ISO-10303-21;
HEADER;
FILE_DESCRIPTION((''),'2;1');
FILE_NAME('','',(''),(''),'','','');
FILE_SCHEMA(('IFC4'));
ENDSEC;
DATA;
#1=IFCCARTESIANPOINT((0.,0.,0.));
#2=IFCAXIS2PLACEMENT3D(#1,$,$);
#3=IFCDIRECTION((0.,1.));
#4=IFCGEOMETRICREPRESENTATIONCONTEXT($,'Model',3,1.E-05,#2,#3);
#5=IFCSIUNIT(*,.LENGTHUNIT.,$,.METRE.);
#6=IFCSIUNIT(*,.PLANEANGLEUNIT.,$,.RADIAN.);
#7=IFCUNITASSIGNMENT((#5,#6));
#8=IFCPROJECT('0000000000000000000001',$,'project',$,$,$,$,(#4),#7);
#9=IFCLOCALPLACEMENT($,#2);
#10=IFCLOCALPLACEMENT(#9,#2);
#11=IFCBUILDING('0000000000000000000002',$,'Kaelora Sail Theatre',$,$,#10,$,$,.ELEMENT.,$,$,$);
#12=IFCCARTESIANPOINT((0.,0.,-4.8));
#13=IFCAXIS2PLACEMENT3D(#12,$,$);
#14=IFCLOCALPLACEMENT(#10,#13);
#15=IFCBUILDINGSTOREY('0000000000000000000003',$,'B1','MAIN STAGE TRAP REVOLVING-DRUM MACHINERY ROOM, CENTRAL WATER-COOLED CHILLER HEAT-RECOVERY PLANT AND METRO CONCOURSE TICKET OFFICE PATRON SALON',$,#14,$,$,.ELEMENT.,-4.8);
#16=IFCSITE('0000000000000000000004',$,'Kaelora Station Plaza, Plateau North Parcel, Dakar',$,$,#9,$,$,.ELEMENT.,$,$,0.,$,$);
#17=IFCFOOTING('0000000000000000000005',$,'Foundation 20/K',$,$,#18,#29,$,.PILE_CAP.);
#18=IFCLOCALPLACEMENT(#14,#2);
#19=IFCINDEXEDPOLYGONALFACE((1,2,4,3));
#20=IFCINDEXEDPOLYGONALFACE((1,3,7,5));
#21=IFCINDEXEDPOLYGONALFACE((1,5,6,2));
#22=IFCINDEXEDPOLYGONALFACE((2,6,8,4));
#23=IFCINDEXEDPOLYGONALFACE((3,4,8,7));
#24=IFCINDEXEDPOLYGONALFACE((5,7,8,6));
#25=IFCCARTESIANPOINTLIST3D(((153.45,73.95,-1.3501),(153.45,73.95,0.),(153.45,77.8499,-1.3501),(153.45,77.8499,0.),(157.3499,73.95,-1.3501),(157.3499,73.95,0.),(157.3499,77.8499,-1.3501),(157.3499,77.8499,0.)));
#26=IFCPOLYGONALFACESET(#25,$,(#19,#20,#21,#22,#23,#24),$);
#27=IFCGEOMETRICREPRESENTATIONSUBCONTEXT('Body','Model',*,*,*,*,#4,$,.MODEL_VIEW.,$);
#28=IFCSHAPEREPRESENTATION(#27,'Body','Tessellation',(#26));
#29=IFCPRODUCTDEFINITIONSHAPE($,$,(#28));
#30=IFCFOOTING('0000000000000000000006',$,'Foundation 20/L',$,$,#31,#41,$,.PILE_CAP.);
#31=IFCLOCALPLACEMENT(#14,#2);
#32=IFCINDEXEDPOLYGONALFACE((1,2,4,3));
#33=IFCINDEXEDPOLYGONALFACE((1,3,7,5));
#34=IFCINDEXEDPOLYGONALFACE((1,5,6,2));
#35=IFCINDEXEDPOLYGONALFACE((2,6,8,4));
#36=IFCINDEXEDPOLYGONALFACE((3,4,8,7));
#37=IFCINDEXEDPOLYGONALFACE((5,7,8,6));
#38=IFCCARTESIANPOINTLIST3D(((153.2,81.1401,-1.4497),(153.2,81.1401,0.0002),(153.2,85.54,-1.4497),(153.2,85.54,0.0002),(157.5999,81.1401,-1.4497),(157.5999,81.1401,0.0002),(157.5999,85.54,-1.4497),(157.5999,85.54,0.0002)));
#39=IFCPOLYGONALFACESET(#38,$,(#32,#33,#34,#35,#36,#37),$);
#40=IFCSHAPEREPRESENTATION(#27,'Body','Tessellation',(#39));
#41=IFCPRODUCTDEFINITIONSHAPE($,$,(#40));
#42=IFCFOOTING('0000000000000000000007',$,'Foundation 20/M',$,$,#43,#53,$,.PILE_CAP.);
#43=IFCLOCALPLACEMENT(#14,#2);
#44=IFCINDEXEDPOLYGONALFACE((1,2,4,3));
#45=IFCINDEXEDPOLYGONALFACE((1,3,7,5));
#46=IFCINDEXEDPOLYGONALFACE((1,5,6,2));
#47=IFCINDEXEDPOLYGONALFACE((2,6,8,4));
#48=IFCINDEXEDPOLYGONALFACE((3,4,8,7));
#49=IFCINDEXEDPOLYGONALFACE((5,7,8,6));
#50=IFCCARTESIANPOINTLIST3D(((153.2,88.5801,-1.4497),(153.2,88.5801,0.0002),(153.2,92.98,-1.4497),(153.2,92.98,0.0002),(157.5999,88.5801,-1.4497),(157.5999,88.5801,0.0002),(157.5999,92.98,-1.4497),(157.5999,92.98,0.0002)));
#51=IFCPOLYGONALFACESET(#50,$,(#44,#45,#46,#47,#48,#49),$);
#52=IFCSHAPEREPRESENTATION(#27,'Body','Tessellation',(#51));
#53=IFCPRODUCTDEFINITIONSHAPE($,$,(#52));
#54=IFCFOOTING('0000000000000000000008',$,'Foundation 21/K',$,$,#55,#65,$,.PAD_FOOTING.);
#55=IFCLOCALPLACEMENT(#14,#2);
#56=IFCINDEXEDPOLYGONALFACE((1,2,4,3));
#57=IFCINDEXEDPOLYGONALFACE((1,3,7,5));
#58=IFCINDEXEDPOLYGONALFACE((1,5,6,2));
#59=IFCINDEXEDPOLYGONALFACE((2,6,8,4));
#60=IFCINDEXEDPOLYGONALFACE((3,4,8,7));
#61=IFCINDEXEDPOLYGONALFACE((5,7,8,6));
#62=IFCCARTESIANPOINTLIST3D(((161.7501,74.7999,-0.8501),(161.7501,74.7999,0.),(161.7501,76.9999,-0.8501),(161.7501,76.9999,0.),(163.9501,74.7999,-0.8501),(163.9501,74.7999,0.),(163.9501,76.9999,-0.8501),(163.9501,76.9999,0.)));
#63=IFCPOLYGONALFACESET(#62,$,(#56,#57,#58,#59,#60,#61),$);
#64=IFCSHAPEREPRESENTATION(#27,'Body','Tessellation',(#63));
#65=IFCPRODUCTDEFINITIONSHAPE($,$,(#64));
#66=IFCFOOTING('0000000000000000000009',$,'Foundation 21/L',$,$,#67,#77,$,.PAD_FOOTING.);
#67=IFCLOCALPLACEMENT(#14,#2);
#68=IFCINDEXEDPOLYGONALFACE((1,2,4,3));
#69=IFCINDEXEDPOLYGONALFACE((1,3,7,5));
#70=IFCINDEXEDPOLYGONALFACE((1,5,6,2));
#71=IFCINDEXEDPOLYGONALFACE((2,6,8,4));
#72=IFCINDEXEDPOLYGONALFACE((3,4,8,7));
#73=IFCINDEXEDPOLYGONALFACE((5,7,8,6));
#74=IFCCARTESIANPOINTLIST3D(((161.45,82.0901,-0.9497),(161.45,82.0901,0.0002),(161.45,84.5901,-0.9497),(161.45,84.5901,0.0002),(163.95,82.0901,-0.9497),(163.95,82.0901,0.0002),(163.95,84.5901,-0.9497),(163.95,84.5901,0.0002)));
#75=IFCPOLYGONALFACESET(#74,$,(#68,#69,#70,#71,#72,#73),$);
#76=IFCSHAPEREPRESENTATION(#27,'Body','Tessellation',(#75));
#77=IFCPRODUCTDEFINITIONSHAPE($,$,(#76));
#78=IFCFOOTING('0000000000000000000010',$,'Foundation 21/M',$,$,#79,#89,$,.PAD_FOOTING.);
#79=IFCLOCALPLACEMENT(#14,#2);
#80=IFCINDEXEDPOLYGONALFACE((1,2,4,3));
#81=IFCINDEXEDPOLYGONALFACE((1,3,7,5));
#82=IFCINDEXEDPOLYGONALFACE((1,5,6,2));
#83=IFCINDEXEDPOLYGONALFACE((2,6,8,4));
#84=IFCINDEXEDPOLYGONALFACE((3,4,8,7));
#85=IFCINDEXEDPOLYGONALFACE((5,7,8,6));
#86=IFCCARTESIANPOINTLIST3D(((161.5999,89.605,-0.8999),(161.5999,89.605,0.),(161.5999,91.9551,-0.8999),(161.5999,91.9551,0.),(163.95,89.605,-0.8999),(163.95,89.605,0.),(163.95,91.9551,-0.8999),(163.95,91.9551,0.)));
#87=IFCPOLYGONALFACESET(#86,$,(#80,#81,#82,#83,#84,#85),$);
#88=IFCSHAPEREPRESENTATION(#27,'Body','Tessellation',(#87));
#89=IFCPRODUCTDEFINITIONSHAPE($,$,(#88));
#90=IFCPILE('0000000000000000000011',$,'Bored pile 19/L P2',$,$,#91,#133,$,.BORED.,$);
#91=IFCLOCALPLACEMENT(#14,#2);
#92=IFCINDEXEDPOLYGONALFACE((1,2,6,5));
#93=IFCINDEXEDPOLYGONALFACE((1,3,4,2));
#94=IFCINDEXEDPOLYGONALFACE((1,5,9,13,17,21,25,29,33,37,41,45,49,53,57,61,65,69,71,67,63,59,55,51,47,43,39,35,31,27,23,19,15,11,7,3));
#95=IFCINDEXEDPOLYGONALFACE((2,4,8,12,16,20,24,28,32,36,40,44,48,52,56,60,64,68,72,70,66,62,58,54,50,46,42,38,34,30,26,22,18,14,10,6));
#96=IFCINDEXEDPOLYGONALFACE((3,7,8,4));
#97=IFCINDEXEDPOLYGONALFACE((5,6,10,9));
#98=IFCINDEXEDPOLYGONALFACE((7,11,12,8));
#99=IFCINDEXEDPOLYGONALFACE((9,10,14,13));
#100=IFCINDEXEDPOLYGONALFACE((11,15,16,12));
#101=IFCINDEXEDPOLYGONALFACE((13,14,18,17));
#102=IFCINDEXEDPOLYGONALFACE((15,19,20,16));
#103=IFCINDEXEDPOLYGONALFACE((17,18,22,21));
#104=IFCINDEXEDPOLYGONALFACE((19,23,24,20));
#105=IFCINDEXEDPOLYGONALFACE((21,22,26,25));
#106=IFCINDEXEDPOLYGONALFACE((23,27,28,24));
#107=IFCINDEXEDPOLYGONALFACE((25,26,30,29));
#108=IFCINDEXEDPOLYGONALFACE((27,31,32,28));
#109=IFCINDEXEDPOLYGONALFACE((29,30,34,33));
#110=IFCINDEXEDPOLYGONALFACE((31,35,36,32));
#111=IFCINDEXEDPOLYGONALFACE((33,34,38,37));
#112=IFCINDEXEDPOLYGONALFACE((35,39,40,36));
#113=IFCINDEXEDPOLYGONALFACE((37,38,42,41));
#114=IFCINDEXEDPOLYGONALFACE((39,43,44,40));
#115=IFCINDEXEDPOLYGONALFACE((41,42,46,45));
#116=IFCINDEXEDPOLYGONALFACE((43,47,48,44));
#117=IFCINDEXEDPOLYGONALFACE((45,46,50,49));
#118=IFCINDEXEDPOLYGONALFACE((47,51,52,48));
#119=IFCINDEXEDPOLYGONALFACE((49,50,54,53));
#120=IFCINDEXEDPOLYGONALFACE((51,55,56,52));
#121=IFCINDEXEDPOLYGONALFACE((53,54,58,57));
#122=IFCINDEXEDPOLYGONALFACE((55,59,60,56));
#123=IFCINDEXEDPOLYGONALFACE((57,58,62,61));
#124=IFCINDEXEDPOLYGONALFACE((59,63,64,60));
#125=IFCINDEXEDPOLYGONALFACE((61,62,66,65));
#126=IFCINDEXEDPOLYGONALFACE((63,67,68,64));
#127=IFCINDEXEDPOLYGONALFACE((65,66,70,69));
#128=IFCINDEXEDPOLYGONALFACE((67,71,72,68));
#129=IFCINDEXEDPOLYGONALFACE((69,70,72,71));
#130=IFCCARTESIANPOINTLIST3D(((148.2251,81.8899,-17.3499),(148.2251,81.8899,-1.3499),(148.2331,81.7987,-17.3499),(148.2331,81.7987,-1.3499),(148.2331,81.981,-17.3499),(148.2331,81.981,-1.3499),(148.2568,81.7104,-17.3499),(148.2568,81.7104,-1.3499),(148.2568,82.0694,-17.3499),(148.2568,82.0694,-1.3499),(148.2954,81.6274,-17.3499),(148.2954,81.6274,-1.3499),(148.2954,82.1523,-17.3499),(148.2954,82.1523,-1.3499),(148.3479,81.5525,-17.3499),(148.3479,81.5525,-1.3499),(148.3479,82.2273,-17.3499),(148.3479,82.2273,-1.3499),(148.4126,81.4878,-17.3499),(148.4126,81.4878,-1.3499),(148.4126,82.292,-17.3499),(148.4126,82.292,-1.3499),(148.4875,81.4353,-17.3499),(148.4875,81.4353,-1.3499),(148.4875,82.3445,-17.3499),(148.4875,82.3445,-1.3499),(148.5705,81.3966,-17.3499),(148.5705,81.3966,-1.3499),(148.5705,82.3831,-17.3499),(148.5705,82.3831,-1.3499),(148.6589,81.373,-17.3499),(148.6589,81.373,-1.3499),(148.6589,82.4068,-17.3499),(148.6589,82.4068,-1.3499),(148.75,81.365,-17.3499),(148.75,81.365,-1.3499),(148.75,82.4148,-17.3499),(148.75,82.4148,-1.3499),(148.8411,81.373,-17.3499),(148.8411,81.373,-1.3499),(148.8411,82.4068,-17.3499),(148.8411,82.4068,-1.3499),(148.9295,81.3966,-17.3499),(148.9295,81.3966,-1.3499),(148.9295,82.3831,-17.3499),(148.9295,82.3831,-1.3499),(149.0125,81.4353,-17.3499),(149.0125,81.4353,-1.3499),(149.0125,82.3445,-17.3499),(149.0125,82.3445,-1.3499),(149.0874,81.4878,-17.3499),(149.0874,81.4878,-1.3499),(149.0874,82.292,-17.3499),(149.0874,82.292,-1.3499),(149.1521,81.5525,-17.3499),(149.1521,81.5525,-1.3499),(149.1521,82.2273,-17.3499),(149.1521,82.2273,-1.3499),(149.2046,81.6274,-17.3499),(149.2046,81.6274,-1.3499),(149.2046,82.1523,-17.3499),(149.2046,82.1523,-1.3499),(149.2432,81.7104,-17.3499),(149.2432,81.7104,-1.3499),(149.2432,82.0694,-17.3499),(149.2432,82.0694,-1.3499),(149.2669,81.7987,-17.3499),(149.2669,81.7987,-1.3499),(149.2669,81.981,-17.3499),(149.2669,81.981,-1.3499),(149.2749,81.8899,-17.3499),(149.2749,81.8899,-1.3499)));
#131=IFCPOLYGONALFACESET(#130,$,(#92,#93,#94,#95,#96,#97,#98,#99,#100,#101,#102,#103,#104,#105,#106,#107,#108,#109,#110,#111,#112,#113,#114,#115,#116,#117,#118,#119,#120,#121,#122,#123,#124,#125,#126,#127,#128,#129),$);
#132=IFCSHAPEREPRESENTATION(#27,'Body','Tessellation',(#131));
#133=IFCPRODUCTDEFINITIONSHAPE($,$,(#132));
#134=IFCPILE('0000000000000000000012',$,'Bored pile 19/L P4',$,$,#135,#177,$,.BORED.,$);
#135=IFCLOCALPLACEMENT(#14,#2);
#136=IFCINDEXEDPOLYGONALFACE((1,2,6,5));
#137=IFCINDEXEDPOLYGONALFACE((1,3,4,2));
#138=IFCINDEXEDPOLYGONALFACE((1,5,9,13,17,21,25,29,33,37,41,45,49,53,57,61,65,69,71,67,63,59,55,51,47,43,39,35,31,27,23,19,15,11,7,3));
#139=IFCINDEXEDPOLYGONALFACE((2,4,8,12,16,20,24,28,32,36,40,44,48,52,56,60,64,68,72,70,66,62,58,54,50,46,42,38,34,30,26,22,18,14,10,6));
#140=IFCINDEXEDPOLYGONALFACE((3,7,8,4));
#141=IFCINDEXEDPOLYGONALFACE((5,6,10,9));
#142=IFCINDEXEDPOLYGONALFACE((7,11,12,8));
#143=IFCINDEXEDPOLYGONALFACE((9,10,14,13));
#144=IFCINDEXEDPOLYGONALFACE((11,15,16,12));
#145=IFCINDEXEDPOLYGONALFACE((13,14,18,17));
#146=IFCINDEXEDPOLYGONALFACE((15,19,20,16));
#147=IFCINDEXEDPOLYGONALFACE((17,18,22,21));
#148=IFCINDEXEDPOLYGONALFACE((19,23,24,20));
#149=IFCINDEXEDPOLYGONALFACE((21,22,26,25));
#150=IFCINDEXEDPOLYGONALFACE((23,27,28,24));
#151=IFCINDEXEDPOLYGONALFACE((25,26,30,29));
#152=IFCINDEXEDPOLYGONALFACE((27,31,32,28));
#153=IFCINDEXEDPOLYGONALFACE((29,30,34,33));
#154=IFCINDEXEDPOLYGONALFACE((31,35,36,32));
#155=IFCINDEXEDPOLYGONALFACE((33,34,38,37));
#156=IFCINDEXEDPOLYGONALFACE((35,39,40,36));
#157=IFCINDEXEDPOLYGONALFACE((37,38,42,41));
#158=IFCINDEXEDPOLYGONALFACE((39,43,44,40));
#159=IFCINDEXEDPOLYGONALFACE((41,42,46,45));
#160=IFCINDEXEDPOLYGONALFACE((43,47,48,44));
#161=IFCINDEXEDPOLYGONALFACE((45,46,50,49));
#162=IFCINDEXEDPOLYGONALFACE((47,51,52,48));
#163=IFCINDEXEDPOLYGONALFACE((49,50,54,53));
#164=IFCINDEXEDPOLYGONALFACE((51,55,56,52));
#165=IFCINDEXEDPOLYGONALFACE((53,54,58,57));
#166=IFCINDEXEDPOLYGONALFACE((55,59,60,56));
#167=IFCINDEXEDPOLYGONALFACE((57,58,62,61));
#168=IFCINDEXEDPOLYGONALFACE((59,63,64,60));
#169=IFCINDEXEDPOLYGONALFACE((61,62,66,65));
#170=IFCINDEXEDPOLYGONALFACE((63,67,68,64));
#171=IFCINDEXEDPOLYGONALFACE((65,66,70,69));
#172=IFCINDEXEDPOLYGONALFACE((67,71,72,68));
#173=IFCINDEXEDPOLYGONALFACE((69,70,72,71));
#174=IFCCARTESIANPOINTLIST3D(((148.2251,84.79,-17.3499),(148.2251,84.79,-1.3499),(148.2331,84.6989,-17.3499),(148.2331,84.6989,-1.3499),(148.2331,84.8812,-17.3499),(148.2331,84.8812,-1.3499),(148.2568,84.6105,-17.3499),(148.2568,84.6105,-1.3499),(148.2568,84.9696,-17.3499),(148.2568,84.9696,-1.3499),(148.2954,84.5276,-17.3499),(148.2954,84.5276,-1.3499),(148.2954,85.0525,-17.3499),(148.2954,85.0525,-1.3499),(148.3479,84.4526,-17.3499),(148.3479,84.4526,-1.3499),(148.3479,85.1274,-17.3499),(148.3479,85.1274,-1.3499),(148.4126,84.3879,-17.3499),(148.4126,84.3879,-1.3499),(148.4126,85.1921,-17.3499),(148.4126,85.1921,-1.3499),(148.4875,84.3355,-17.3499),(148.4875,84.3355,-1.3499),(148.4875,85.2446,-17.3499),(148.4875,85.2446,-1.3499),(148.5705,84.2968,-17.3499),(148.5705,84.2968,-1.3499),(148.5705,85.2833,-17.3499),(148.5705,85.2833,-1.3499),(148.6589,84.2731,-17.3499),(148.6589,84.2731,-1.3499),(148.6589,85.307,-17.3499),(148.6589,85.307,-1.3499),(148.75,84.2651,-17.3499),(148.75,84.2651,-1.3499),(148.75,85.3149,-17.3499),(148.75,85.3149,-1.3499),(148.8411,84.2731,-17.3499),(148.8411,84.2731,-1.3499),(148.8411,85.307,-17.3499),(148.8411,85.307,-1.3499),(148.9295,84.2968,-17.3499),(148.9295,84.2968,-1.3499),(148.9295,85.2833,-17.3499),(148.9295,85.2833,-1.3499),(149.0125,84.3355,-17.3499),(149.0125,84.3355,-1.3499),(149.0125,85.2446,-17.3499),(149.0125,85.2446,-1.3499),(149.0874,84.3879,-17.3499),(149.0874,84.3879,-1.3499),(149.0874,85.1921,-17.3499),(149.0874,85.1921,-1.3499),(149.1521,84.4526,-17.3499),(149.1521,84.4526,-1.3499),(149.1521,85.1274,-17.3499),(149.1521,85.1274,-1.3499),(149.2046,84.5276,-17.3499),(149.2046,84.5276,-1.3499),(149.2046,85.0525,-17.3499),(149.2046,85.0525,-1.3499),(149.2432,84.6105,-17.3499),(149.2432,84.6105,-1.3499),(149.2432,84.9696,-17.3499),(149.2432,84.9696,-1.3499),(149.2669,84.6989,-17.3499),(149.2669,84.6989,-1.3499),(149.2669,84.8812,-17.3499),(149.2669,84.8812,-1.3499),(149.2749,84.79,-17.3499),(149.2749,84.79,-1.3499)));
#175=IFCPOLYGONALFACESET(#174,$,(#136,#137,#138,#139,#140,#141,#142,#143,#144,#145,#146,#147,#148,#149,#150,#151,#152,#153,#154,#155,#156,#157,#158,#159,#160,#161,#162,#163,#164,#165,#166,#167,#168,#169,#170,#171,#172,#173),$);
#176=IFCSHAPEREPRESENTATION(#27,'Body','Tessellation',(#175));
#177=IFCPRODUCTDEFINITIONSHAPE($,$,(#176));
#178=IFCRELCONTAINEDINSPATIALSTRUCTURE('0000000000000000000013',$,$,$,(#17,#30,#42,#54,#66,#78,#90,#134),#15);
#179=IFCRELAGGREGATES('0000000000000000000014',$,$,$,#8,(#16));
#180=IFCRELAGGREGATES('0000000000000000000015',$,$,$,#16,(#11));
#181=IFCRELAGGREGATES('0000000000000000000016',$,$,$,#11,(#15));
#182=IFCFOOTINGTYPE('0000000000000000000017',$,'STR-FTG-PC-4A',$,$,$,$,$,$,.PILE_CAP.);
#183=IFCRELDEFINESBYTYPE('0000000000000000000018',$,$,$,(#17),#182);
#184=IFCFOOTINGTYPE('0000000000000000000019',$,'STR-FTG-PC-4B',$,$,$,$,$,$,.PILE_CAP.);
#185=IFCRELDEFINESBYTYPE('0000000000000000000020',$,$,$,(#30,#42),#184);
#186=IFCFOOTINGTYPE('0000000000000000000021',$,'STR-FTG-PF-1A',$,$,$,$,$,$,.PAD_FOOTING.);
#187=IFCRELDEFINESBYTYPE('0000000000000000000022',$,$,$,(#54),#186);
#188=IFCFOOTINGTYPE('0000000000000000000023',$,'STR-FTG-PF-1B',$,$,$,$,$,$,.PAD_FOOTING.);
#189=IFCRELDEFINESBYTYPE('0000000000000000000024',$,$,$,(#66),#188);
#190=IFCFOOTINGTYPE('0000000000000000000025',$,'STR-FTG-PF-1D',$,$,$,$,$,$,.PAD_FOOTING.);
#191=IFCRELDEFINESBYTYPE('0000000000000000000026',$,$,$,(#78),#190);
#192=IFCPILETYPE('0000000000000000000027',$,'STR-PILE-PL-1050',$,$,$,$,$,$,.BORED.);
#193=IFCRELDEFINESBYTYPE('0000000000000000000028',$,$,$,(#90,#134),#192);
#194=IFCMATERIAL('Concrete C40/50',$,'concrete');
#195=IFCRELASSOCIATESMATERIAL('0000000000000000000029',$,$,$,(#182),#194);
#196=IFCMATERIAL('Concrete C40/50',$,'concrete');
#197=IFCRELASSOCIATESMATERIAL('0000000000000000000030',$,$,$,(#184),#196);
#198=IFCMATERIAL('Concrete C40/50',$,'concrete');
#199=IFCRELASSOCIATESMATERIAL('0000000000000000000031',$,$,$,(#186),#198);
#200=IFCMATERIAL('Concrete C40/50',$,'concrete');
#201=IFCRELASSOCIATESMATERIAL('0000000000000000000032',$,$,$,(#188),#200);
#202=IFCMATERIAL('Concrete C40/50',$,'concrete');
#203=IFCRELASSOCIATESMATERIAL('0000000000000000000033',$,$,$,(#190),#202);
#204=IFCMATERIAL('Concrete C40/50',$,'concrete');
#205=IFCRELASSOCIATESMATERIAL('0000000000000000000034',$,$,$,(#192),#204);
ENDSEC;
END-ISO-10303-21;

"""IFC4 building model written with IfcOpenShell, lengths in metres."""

from ifc_helpers import new_model, si_unit, direction, frame, origin, origin_2d, place, context, subcontext, project, spatial, rectangle, circle, extrude, material, material_profile, profile_set, type_object, element, save


model = new_model("IFC4")

# Units and contexts
model_context = context("Model", 3, precision=1e-05, world=origin(), true_north=direction((0.0, 1.0)))
body_context = subcontext(model_context, "Body", "Model", "MODEL_VIEW")
ifc_project = project(units=[si_unit("LENGTHUNIT", "METRE"), si_unit("PLANEANGLEUNIT", "RADIAN")], contexts=[model_context])

# Site, building, storey
site_placement = place(None, origin())
site = spatial("IfcSite", under=ifc_project, at=site_placement, Name="Kaelora Station Plaza, Plateau North Parcel, Dakar", CompositionType="ELEMENT", RefElevation=0.0)
building_placement = place(site_placement, origin())
building = spatial("IfcBuilding", under=site, at=building_placement, Name="Kaelora Sail Theatre", CompositionType="ELEMENT")
storey_placement = place(building_placement, frame((0.0, 0.0, -4.8)))
storey = spatial("IfcBuildingStorey", under=building, at=storey_placement, Name="B1", Description="MAIN STAGE TRAP REVOLVING-DRUM MACHINERY ROOM, CENTRAL WATER-COOLED CHILLER HEAT-RECOVERY PLANT AND METRO CONCOURSE TICKET OFFICE PATRON SALON", CompositionType="ELEMENT", Elevation=-4.8)

# Footings
ifc_material_1 = material(Name="Concrete C40/50", Category="concrete")
footing_type_1 = type_object("IfcFootingType", Name="STR-FTG-PC-4A", PredefinedType="PILE_CAP", material=ifc_material_1)
footing_1_placement = place(storey_placement, frame((155.3999, 75.8999, -1.3501), z_axis=(0.0, 0.0, 1.0), x_axis=(1.0, 0.0, 0.0)))
element("IfcFooting", 1, at=footing_1_placement, inside=storey, type_object=footing_type_1, Name="Foundation 20/K", PredefinedType="PILE_CAP", context=body_context, shape_type="SweptSolid", body=[
    extrude(rectangle(XDim=3.8999, YDim=3.8999, at=origin_2d()), origin(), (0.0, 0.0, 1.0), 1.3501),
])
ifc_material_2 = material(Name="Concrete C40/50", Category="concrete")
footing_type_2 = type_object("IfcFootingType", Name="STR-FTG-PC-4B", PredefinedType="PILE_CAP", material=ifc_material_2)
for number, where, z_axis, x_axis, name in (
    (2, (155.3999, 83.3401, -1.4497), (0.0, 0.0, 1.0), (1.0, 0.0, 0.0), "Foundation 20/L"),
    (3, (155.3999, 90.78, -1.4497), (0.0, 0.0, 1.0), (1.0, 0.0, 0.0), "Foundation 20/M"),
):
    element("IfcFooting", number, at=place(storey_placement, frame(where, z_axis=z_axis, x_axis=x_axis)), inside=storey, type_object=footing_type_2, Name=name, PredefinedType="PILE_CAP", context=body_context, shape_type="SweptSolid", body=[
        extrude(rectangle(XDim=4.3999, YDim=4.3999, at=origin_2d()), origin(), (0.0, 0.0, 1.0), 1.45),
    ])
ifc_material_3 = material(Name="Concrete C40/50", Category="concrete")
footing_type_3 = type_object("IfcFootingType", Name="STR-FTG-PF-1A", PredefinedType="PAD_FOOTING", material=ifc_material_3)
footing_2_placement = place(storey_placement, frame((162.8501, 75.8999, -0.8501), z_axis=(0.0, 0.0, 1.0), x_axis=(1.0, 0.0, 0.0)))
element("IfcFooting", 4, at=footing_2_placement, inside=storey, type_object=footing_type_3, Name="Foundation 21/K", PredefinedType="PAD_FOOTING", context=body_context, shape_type="SweptSolid", body=[
    extrude(rectangle(XDim=2.2, YDim=2.2, at=origin_2d()), origin(), (0.0, 0.0, 1.0), 0.8501),
])
ifc_material_4 = material(Name="Concrete C40/50", Category="concrete")
footing_type_4 = type_object("IfcFootingType", Name="STR-FTG-PF-1B", PredefinedType="PAD_FOOTING", material=ifc_material_4)
footing_3_placement = place(storey_placement, frame((162.7, 83.3401, -0.9497), z_axis=(0.0, 0.0, 1.0), x_axis=(1.0, 0.0, 0.0)))
element("IfcFooting", 5, at=footing_3_placement, inside=storey, type_object=footing_type_4, Name="Foundation 21/L", PredefinedType="PAD_FOOTING", context=body_context, shape_type="SweptSolid", body=[
    extrude(rectangle(XDim=2.5, YDim=2.5, at=origin_2d()), origin(), (0.0, 0.0, 1.0), 0.95),
])
ifc_material_5 = material(Name="Concrete C40/50", Category="concrete")
footing_type_5 = type_object("IfcFootingType", Name="STR-FTG-PF-1D", PredefinedType="PAD_FOOTING", material=ifc_material_5)
footing_4_placement = place(storey_placement, frame((162.7749, 90.78, -0.8999), z_axis=(0.0, 0.0, 1.0), x_axis=(1.0, 0.0, 0.0)))
element("IfcFooting", 6, at=footing_4_placement, inside=storey, type_object=footing_type_5, Name="Foundation 21/M", PredefinedType="PAD_FOOTING", context=body_context, shape_type="SweptSolid", body=[
    extrude(rectangle(XDim=2.3501, YDim=2.3501, at=origin_2d()), origin(), (0.0, 0.0, 1.0), 0.8999),
])

# Piles
ifc_material_6 = material(Name="Concrete C40/50", Category="concrete")
ifc_material_profile_1 = material_profile(ifc_material_6, circle(Radius=0.5249, at=origin_2d()), Name="PILE D1050")
ifc_profile_set_1 = profile_set([ifc_material_profile_1], Name="Concrete C40/50")
pile_type_1 = type_object("IfcPileType", Name="STR-PILE-PL-1050", PredefinedType="BORED", material=ifc_profile_set_1)
for number, where, z_axis, x_axis, name in (
    (7, (148.75, 81.8899, -1.3499), (0.0, 0.0, -1.0), (1.0, 0.0, 0.0), "Bored pile 19/L P2"),
    (8, (148.75, 84.79, -1.3499), (0.0, 0.0, -1.0), (1.0, 0.0, 0.0), "Bored pile 19/L P4"),
):
    element("IfcPile", number, at=place(storey_placement, frame(where, z_axis=z_axis, x_axis=x_axis)), inside=storey, type_object=pile_type_1, Name=name, PredefinedType="BORED", context=body_context, shape_type="SweptSolid", body=[
        extrude(circle(Radius=0.5249, at=origin_2d()), origin(), (0.0, 0.0, 1.0), 16.0),
    ])

save(model, "model.ifc")
